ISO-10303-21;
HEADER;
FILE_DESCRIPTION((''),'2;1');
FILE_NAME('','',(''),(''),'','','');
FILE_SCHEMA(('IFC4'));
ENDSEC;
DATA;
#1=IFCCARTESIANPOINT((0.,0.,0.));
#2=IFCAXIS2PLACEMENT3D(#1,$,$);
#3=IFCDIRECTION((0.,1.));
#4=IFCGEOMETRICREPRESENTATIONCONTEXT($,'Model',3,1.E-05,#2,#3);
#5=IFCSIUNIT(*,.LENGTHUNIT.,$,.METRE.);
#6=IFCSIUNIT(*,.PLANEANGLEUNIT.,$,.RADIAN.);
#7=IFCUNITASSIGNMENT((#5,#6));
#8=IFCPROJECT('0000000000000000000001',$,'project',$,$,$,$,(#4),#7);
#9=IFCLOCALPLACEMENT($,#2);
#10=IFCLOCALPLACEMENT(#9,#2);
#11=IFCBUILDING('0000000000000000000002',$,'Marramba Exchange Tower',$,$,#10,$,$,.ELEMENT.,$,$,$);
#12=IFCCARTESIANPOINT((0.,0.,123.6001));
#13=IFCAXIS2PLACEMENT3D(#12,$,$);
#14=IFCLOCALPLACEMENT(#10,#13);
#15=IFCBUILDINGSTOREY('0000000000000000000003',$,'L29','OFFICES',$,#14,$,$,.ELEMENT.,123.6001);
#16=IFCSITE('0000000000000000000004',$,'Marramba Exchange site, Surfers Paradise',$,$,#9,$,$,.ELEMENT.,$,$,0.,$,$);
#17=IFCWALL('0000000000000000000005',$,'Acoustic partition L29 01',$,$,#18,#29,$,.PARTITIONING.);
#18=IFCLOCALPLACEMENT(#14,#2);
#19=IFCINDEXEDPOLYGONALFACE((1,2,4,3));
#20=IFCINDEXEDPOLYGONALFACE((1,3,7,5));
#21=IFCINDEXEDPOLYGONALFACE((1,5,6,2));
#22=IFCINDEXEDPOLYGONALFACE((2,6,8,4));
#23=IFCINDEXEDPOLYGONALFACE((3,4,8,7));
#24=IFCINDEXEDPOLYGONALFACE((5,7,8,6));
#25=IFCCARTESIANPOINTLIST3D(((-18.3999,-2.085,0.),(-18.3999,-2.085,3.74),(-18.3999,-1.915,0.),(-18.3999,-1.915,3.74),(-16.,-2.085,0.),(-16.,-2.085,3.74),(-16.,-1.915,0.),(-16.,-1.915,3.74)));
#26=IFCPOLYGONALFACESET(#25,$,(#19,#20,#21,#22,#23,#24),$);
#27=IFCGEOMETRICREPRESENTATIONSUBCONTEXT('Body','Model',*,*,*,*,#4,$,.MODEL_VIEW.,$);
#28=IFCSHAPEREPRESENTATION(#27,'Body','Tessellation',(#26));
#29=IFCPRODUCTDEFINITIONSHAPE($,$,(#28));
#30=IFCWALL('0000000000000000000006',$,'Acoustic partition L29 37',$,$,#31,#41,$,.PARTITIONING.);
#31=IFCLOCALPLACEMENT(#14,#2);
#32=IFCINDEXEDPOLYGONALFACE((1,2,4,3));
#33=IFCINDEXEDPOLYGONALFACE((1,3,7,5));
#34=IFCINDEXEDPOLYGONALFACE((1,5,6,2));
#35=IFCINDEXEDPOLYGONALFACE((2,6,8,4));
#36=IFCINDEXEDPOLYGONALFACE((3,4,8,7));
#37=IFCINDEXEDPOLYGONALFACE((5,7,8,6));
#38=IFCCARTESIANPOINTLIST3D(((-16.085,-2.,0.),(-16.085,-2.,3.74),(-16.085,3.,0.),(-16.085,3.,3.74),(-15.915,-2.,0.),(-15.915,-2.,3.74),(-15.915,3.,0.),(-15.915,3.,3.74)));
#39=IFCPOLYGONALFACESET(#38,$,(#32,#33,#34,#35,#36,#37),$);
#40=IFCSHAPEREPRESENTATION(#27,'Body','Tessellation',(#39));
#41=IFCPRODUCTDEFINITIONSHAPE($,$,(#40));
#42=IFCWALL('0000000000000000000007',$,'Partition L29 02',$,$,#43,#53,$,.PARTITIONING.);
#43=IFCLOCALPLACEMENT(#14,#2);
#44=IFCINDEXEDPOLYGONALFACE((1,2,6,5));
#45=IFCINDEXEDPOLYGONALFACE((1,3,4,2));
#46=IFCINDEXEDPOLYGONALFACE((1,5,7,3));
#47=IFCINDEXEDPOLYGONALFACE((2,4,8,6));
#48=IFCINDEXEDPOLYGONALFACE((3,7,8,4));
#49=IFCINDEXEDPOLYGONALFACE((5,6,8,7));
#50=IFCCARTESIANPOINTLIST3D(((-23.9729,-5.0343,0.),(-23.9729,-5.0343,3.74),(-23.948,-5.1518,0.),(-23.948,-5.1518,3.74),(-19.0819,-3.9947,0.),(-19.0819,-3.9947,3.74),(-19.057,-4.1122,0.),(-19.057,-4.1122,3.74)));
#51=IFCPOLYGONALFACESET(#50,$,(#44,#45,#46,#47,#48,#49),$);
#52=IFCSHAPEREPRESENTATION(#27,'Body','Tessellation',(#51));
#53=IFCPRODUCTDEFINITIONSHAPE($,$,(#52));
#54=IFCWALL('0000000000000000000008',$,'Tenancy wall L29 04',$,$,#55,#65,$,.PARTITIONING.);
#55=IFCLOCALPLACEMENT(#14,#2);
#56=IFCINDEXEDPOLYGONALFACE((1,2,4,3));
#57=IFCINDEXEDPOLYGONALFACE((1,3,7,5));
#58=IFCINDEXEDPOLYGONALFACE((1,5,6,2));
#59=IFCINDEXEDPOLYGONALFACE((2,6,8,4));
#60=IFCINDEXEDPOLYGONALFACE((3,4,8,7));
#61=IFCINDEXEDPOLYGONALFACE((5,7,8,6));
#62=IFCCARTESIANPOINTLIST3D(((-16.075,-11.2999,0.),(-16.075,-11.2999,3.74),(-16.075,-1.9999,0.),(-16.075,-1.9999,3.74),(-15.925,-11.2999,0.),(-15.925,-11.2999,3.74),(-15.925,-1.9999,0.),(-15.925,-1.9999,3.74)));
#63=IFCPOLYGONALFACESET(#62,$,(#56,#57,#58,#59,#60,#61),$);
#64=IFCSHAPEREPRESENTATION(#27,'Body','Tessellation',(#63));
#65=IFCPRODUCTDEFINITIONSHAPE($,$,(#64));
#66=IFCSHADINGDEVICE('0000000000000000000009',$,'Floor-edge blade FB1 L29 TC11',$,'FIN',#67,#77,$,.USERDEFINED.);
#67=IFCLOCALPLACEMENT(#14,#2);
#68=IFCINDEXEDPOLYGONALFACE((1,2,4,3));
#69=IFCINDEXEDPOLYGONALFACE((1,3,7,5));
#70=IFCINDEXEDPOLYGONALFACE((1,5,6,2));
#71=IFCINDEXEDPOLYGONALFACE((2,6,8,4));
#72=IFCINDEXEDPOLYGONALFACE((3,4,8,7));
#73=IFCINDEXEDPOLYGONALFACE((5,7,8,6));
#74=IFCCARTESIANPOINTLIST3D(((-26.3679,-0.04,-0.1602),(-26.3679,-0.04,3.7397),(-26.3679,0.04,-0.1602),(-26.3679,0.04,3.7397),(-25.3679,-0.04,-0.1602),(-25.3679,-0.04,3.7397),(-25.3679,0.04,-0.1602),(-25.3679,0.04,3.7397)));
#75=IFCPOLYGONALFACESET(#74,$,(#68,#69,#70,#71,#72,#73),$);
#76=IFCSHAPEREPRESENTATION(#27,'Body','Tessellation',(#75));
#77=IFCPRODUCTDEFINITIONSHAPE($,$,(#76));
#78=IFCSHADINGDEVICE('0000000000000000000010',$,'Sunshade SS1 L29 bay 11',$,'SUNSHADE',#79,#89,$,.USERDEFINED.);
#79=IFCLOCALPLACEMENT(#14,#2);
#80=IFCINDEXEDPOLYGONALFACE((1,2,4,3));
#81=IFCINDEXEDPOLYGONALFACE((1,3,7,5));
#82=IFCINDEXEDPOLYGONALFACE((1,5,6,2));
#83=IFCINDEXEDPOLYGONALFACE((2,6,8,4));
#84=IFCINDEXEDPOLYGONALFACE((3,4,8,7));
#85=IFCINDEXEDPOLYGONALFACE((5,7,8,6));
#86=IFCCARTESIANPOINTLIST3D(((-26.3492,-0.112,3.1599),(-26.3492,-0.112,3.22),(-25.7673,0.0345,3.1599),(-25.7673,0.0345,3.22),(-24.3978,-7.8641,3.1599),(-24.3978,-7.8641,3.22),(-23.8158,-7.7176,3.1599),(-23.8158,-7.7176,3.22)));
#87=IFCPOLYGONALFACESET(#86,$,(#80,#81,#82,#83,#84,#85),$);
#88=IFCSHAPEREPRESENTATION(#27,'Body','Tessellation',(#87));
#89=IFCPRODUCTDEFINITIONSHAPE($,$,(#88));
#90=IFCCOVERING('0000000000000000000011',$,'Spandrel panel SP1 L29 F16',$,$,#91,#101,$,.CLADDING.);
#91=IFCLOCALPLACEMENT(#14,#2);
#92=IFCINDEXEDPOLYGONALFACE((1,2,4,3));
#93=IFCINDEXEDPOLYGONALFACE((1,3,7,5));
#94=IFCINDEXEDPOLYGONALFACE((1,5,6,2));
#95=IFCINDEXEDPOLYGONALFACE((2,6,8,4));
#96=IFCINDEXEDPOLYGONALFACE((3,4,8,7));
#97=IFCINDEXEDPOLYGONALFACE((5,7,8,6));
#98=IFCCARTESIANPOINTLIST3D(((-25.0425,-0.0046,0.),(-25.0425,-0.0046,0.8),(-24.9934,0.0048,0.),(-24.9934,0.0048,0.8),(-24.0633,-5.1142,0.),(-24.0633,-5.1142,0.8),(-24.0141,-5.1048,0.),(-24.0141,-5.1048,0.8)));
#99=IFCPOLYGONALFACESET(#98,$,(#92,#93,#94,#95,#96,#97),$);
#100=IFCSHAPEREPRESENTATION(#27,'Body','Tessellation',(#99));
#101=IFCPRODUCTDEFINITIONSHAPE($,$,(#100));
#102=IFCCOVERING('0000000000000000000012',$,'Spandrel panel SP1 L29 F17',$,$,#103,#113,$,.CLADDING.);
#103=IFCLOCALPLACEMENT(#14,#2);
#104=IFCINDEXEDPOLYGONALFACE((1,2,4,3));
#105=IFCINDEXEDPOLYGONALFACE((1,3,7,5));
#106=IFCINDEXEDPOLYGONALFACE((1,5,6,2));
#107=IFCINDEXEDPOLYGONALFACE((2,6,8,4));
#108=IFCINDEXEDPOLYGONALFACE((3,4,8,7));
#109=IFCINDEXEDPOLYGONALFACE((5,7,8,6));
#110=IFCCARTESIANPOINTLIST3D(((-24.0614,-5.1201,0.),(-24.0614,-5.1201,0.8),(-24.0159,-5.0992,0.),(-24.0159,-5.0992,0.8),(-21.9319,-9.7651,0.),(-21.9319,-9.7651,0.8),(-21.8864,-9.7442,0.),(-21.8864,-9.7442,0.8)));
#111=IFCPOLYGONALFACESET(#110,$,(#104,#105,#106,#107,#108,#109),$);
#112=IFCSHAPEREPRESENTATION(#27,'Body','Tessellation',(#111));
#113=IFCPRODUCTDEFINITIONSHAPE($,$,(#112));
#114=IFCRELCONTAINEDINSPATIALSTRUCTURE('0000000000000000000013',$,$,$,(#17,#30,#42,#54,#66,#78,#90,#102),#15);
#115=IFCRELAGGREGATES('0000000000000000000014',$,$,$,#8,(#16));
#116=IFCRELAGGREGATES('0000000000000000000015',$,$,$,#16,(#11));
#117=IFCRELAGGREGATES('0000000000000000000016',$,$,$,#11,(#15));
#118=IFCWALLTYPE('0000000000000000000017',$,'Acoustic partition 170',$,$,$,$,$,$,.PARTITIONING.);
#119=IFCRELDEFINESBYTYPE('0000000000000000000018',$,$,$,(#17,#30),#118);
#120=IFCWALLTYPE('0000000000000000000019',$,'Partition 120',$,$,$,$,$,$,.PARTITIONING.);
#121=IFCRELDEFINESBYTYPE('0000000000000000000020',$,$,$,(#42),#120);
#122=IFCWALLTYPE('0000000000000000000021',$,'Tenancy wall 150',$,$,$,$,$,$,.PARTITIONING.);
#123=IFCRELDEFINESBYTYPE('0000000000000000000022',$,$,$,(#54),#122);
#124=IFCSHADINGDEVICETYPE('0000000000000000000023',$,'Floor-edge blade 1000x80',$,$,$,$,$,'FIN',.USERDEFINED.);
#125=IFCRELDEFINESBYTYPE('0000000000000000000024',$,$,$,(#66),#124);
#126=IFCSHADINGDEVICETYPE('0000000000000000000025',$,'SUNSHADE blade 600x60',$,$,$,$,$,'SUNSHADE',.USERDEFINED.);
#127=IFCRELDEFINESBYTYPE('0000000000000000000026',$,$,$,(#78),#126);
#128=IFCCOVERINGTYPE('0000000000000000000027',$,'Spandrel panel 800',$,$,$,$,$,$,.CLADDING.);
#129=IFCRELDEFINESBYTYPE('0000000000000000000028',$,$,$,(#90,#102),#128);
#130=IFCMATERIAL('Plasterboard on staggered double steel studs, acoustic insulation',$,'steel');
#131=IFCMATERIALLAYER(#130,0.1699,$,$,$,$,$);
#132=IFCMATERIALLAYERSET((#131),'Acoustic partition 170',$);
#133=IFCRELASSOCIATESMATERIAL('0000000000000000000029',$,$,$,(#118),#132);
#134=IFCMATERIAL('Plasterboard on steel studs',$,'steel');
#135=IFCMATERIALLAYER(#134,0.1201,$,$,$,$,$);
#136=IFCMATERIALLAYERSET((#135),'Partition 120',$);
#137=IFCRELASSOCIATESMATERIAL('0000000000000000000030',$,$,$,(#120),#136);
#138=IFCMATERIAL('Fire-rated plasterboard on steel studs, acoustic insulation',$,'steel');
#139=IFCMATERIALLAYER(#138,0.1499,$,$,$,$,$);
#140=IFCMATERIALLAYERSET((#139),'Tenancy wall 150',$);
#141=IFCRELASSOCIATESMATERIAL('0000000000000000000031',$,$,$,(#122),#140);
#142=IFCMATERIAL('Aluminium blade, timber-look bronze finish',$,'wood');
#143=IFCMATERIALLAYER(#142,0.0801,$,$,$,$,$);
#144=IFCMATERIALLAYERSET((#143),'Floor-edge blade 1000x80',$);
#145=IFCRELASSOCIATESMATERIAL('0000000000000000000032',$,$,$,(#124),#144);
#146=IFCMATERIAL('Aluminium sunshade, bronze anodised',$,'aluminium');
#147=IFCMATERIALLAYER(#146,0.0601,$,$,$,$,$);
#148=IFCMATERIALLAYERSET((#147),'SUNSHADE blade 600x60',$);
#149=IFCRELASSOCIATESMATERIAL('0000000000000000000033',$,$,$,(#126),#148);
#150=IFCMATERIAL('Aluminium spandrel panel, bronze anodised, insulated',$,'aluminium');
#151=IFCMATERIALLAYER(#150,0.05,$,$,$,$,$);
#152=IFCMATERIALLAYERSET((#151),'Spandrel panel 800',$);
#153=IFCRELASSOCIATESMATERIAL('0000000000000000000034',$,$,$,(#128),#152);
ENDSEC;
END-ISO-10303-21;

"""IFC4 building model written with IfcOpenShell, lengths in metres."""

from ifc_helpers import new_model, si_unit, direction, frame, frame_2d, origin, origin_2d, place, context, subcontext, project, spatial, rectangle, extrude, material, layer, layer_set, type_object, element, save


model = new_model("IFC4")

# Units and contexts
model_context = context("Model", 3, precision=1e-05, world=origin(), true_north=direction((0.0, 1.0)))
body_context = subcontext(model_context, "Body", "Model", "MODEL_VIEW")
ifc_project = project(units=[si_unit("LENGTHUNIT", "METRE"), si_unit("PLANEANGLEUNIT", "RADIAN")], contexts=[model_context])

# Site, building, storey
site_placement = place(None, origin())
site = spatial("IfcSite", under=ifc_project, at=site_placement, Name="Marramba Exchange site, Surfers Paradise", CompositionType="ELEMENT", RefElevation=0.0)
building_placement = place(site_placement, origin())
building = spatial("IfcBuilding", under=site, at=building_placement, Name="Marramba Exchange Tower", CompositionType="ELEMENT")
storey_placement = place(building_placement, frame((0.0, 0.0, 123.6001)))
storey = spatial("IfcBuildingStorey", under=building, at=storey_placement, Name="L29", Description="OFFICES", CompositionType="ELEMENT", Elevation=123.6001)

# Walls
ifc_material_1 = material(Name="Plasterboard on staggered double steel studs, acoustic insulation", Category="steel")
ifc_layer_1 = layer(ifc_material_1, 0.1699)
ifc_layer_set_1 = layer_set([ifc_layer_1], Name="Acoustic partition 170")
wall_type_1 = type_object("IfcWallType", Name="Acoustic partition 170", PredefinedType="PARTITIONING", material=ifc_layer_set_1)
wall_1_placement = place(storey_placement, frame((-18.3999, -2.0, 0.0), z_axis=(0.0, 0.0, 1.0), x_axis=(1.0, 0.0, 0.0)))
element("IfcWall", 1, at=wall_1_placement, inside=storey, type_object=wall_type_1, Name="Acoustic partition L29 01", PredefinedType="PARTITIONING", context=body_context, shape_type="SweptSolid", body=[
    extrude(rectangle(XDim=2.3999, YDim=0.1699, at=frame_2d((1.2, 0.0))), origin(), (0.0, 0.0, 1.0), 3.74),
])
wall_2_placement = place(storey_placement, frame((-16.0, -2.0, 0.0), z_axis=(0.0, 0.0, 1.0), x_axis=(0.0, 1.0, 0.0)))
element("IfcWall", 2, at=wall_2_placement, inside=storey, type_object=wall_type_1, Name="Acoustic partition L29 37", PredefinedType="PARTITIONING", context=body_context, shape_type="SweptSolid", body=[
    extrude(rectangle(XDim=5.0, YDim=0.1699, at=frame_2d((2.5, 0.0))), origin(), (0.0, 0.0, 1.0), 3.74),
])
ifc_material_2 = material(Name="Plasterboard on steel studs", Category="steel")
ifc_layer_2 = layer(ifc_material_2, 0.1201)
ifc_layer_set_2 = layer_set([ifc_layer_2], Name="Partition 120")
wall_type_2 = type_object("IfcWallType", Name="Partition 120", PredefinedType="PARTITIONING", material=ifc_layer_set_2)
wall_3_placement = place(storey_placement, frame((-19.0696, -4.0535, 0.0), z_axis=(0.0, 0.0, 1.0), x_axis=(-0.978149, -0.207905, 0.0)))
element("IfcWall", 3, at=wall_3_placement, inside=storey, type_object=wall_type_2, Name="Partition L29 02", PredefinedType="PARTITIONING", context=body_context, shape_type="SweptSolid", body=[
    extrude(rectangle(XDim=5.0002, YDim=0.1201, at=frame_2d((2.5, 0.0))), origin(), (0.0, 0.0, 1.0), 3.74),
])
ifc_material_3 = material(Name="Fire-rated plasterboard on steel studs, acoustic insulation", Category="steel")
ifc_layer_3 = layer(ifc_material_3, 0.1499)
ifc_layer_set_3 = layer_set([ifc_layer_3], Name="Tenancy wall 150")
wall_type_3 = type_object("IfcWallType", Name="Tenancy wall 150", PredefinedType="PARTITIONING", material=ifc_layer_set_3)
wall_4_placement = place(storey_placement, frame((-16.0, -2.0, 0.0), z_axis=(0.0, 0.0, 1.0), x_axis=(0.0, -1.0, 0.0)))
element("IfcWall", 4, at=wall_4_placement, inside=storey, type_object=wall_type_3, Name="Tenancy wall L29 04", PredefinedType="PARTITIONING", context=body_context, shape_type="SweptSolid", body=[
    extrude(rectangle(XDim=9.3, YDim=0.1499, at=frame_2d((4.6499, 0.0))), origin(), (0.0, 0.0, 1.0), 3.74),
])

# Shading devices
ifc_material_4 = material(Name="Aluminium blade, timber-look bronze finish", Category="wood")
ifc_layer_4 = layer(ifc_material_4, 0.0801)
ifc_layer_set_4 = layer_set([ifc_layer_4], Name="Floor-edge blade 1000x80")
shading_device_type_1 = type_object("IfcShadingDeviceType", Name="Floor-edge blade 1000x80", ElementType="FIN", PredefinedType="USERDEFINED", material=ifc_layer_set_4)
shading_device_1_placement = place(storey_placement, frame((-25.8679, 0.0, -0.1602), z_axis=(0.0, 0.0, 1.0), x_axis=(-1.0, 0.0, 0.0)))
element("IfcShadingDevice", 5, at=shading_device_1_placement, inside=storey, type_object=shading_device_type_1, Name="Floor-edge blade FB1 L29 TC11", ObjectType="FIN", PredefinedType="USERDEFINED", context=body_context, shape_type="SweptSolid", body=[
    extrude(rectangle(XDim=1.0, YDim=0.0801, at=origin_2d()), origin(), (0.0, 0.0, 1.0), 3.8999),
])
ifc_material_5 = material(Name="Aluminium sunshade, bronze anodised", Category="aluminium")
ifc_layer_5 = layer(ifc_material_5, 0.0601)
ifc_layer_set_5 = layer_set([ifc_layer_5], Name="SUNSHADE blade 600x60")
shading_device_type_2 = type_object("IfcShadingDeviceType", Name="SUNSHADE blade 600x60", ElementType="SUNSHADE", PredefinedType="USERDEFINED", material=ifc_layer_set_5)
shading_device_2_placement = place(storey_placement, frame((-25.0825, -3.9148, 3.1599), z_axis=(0.0, 0.0, 1.0), x_axis=(0.244117, -0.969746, 0.0)))
element("IfcShadingDevice", 6, at=shading_device_2_placement, inside=storey, type_object=shading_device_type_2, Name="Sunshade SS1 L29 bay 11", ObjectType="SUNSHADE", PredefinedType="USERDEFINED", context=body_context, shape_type="SweptSolid", body=[
    extrude(rectangle(XDim=7.9939, YDim=0.6001, at=origin_2d()), origin(), (0.0, 0.0, 1.0), 0.0601),
])

# Coverings
ifc_material_6 = material(Name="Aluminium spandrel panel, bronze anodised, insulated", Category="aluminium")
ifc_layer_6 = layer(ifc_material_6, 0.05)
ifc_layer_set_6 = layer_set([ifc_layer_6], Name="Spandrel panel 800")
covering_type = type_object("IfcCoveringType", Name="Spandrel panel 800", PredefinedType="CLADDING", material=ifc_layer_set_6)
covering_1_placement = place(storey_placement, frame((-24.5283, -2.5547, 0.0), z_axis=(0.0, 0.0, 1.0), x_axis=(0.188227, -0.982126, 0.0)))
element("IfcCovering", 7, at=covering_1_placement, inside=storey, type_object=covering_type, Name="Spandrel panel SP1 L29 F16", PredefinedType="CLADDING", context=body_context, shape_type="SweptSolid", body=[
    extrude(rectangle(XDim=5.2026, YDim=0.05, at=origin_2d()), origin(), (0.0, 0.0, 1.0), 0.8),
])
covering_2_placement = place(storey_placement, frame((-22.9739, -7.4321, 0.0), z_axis=(0.0, 0.0, 1.0), x_axis=(0.416738, -0.909027, 0.0)))
element("IfcCovering", 8, at=covering_2_placement, inside=storey, type_object=covering_type, Name="Spandrel panel SP1 L29 F17", PredefinedType="CLADDING", context=body_context, shape_type="SweptSolid", body=[
    extrude(rectangle(XDim=5.1099, YDim=0.05, at=origin_2d()), origin(), (0.0, 0.0, 1.0), 0.8),
])

save(model, "model.ifc")
